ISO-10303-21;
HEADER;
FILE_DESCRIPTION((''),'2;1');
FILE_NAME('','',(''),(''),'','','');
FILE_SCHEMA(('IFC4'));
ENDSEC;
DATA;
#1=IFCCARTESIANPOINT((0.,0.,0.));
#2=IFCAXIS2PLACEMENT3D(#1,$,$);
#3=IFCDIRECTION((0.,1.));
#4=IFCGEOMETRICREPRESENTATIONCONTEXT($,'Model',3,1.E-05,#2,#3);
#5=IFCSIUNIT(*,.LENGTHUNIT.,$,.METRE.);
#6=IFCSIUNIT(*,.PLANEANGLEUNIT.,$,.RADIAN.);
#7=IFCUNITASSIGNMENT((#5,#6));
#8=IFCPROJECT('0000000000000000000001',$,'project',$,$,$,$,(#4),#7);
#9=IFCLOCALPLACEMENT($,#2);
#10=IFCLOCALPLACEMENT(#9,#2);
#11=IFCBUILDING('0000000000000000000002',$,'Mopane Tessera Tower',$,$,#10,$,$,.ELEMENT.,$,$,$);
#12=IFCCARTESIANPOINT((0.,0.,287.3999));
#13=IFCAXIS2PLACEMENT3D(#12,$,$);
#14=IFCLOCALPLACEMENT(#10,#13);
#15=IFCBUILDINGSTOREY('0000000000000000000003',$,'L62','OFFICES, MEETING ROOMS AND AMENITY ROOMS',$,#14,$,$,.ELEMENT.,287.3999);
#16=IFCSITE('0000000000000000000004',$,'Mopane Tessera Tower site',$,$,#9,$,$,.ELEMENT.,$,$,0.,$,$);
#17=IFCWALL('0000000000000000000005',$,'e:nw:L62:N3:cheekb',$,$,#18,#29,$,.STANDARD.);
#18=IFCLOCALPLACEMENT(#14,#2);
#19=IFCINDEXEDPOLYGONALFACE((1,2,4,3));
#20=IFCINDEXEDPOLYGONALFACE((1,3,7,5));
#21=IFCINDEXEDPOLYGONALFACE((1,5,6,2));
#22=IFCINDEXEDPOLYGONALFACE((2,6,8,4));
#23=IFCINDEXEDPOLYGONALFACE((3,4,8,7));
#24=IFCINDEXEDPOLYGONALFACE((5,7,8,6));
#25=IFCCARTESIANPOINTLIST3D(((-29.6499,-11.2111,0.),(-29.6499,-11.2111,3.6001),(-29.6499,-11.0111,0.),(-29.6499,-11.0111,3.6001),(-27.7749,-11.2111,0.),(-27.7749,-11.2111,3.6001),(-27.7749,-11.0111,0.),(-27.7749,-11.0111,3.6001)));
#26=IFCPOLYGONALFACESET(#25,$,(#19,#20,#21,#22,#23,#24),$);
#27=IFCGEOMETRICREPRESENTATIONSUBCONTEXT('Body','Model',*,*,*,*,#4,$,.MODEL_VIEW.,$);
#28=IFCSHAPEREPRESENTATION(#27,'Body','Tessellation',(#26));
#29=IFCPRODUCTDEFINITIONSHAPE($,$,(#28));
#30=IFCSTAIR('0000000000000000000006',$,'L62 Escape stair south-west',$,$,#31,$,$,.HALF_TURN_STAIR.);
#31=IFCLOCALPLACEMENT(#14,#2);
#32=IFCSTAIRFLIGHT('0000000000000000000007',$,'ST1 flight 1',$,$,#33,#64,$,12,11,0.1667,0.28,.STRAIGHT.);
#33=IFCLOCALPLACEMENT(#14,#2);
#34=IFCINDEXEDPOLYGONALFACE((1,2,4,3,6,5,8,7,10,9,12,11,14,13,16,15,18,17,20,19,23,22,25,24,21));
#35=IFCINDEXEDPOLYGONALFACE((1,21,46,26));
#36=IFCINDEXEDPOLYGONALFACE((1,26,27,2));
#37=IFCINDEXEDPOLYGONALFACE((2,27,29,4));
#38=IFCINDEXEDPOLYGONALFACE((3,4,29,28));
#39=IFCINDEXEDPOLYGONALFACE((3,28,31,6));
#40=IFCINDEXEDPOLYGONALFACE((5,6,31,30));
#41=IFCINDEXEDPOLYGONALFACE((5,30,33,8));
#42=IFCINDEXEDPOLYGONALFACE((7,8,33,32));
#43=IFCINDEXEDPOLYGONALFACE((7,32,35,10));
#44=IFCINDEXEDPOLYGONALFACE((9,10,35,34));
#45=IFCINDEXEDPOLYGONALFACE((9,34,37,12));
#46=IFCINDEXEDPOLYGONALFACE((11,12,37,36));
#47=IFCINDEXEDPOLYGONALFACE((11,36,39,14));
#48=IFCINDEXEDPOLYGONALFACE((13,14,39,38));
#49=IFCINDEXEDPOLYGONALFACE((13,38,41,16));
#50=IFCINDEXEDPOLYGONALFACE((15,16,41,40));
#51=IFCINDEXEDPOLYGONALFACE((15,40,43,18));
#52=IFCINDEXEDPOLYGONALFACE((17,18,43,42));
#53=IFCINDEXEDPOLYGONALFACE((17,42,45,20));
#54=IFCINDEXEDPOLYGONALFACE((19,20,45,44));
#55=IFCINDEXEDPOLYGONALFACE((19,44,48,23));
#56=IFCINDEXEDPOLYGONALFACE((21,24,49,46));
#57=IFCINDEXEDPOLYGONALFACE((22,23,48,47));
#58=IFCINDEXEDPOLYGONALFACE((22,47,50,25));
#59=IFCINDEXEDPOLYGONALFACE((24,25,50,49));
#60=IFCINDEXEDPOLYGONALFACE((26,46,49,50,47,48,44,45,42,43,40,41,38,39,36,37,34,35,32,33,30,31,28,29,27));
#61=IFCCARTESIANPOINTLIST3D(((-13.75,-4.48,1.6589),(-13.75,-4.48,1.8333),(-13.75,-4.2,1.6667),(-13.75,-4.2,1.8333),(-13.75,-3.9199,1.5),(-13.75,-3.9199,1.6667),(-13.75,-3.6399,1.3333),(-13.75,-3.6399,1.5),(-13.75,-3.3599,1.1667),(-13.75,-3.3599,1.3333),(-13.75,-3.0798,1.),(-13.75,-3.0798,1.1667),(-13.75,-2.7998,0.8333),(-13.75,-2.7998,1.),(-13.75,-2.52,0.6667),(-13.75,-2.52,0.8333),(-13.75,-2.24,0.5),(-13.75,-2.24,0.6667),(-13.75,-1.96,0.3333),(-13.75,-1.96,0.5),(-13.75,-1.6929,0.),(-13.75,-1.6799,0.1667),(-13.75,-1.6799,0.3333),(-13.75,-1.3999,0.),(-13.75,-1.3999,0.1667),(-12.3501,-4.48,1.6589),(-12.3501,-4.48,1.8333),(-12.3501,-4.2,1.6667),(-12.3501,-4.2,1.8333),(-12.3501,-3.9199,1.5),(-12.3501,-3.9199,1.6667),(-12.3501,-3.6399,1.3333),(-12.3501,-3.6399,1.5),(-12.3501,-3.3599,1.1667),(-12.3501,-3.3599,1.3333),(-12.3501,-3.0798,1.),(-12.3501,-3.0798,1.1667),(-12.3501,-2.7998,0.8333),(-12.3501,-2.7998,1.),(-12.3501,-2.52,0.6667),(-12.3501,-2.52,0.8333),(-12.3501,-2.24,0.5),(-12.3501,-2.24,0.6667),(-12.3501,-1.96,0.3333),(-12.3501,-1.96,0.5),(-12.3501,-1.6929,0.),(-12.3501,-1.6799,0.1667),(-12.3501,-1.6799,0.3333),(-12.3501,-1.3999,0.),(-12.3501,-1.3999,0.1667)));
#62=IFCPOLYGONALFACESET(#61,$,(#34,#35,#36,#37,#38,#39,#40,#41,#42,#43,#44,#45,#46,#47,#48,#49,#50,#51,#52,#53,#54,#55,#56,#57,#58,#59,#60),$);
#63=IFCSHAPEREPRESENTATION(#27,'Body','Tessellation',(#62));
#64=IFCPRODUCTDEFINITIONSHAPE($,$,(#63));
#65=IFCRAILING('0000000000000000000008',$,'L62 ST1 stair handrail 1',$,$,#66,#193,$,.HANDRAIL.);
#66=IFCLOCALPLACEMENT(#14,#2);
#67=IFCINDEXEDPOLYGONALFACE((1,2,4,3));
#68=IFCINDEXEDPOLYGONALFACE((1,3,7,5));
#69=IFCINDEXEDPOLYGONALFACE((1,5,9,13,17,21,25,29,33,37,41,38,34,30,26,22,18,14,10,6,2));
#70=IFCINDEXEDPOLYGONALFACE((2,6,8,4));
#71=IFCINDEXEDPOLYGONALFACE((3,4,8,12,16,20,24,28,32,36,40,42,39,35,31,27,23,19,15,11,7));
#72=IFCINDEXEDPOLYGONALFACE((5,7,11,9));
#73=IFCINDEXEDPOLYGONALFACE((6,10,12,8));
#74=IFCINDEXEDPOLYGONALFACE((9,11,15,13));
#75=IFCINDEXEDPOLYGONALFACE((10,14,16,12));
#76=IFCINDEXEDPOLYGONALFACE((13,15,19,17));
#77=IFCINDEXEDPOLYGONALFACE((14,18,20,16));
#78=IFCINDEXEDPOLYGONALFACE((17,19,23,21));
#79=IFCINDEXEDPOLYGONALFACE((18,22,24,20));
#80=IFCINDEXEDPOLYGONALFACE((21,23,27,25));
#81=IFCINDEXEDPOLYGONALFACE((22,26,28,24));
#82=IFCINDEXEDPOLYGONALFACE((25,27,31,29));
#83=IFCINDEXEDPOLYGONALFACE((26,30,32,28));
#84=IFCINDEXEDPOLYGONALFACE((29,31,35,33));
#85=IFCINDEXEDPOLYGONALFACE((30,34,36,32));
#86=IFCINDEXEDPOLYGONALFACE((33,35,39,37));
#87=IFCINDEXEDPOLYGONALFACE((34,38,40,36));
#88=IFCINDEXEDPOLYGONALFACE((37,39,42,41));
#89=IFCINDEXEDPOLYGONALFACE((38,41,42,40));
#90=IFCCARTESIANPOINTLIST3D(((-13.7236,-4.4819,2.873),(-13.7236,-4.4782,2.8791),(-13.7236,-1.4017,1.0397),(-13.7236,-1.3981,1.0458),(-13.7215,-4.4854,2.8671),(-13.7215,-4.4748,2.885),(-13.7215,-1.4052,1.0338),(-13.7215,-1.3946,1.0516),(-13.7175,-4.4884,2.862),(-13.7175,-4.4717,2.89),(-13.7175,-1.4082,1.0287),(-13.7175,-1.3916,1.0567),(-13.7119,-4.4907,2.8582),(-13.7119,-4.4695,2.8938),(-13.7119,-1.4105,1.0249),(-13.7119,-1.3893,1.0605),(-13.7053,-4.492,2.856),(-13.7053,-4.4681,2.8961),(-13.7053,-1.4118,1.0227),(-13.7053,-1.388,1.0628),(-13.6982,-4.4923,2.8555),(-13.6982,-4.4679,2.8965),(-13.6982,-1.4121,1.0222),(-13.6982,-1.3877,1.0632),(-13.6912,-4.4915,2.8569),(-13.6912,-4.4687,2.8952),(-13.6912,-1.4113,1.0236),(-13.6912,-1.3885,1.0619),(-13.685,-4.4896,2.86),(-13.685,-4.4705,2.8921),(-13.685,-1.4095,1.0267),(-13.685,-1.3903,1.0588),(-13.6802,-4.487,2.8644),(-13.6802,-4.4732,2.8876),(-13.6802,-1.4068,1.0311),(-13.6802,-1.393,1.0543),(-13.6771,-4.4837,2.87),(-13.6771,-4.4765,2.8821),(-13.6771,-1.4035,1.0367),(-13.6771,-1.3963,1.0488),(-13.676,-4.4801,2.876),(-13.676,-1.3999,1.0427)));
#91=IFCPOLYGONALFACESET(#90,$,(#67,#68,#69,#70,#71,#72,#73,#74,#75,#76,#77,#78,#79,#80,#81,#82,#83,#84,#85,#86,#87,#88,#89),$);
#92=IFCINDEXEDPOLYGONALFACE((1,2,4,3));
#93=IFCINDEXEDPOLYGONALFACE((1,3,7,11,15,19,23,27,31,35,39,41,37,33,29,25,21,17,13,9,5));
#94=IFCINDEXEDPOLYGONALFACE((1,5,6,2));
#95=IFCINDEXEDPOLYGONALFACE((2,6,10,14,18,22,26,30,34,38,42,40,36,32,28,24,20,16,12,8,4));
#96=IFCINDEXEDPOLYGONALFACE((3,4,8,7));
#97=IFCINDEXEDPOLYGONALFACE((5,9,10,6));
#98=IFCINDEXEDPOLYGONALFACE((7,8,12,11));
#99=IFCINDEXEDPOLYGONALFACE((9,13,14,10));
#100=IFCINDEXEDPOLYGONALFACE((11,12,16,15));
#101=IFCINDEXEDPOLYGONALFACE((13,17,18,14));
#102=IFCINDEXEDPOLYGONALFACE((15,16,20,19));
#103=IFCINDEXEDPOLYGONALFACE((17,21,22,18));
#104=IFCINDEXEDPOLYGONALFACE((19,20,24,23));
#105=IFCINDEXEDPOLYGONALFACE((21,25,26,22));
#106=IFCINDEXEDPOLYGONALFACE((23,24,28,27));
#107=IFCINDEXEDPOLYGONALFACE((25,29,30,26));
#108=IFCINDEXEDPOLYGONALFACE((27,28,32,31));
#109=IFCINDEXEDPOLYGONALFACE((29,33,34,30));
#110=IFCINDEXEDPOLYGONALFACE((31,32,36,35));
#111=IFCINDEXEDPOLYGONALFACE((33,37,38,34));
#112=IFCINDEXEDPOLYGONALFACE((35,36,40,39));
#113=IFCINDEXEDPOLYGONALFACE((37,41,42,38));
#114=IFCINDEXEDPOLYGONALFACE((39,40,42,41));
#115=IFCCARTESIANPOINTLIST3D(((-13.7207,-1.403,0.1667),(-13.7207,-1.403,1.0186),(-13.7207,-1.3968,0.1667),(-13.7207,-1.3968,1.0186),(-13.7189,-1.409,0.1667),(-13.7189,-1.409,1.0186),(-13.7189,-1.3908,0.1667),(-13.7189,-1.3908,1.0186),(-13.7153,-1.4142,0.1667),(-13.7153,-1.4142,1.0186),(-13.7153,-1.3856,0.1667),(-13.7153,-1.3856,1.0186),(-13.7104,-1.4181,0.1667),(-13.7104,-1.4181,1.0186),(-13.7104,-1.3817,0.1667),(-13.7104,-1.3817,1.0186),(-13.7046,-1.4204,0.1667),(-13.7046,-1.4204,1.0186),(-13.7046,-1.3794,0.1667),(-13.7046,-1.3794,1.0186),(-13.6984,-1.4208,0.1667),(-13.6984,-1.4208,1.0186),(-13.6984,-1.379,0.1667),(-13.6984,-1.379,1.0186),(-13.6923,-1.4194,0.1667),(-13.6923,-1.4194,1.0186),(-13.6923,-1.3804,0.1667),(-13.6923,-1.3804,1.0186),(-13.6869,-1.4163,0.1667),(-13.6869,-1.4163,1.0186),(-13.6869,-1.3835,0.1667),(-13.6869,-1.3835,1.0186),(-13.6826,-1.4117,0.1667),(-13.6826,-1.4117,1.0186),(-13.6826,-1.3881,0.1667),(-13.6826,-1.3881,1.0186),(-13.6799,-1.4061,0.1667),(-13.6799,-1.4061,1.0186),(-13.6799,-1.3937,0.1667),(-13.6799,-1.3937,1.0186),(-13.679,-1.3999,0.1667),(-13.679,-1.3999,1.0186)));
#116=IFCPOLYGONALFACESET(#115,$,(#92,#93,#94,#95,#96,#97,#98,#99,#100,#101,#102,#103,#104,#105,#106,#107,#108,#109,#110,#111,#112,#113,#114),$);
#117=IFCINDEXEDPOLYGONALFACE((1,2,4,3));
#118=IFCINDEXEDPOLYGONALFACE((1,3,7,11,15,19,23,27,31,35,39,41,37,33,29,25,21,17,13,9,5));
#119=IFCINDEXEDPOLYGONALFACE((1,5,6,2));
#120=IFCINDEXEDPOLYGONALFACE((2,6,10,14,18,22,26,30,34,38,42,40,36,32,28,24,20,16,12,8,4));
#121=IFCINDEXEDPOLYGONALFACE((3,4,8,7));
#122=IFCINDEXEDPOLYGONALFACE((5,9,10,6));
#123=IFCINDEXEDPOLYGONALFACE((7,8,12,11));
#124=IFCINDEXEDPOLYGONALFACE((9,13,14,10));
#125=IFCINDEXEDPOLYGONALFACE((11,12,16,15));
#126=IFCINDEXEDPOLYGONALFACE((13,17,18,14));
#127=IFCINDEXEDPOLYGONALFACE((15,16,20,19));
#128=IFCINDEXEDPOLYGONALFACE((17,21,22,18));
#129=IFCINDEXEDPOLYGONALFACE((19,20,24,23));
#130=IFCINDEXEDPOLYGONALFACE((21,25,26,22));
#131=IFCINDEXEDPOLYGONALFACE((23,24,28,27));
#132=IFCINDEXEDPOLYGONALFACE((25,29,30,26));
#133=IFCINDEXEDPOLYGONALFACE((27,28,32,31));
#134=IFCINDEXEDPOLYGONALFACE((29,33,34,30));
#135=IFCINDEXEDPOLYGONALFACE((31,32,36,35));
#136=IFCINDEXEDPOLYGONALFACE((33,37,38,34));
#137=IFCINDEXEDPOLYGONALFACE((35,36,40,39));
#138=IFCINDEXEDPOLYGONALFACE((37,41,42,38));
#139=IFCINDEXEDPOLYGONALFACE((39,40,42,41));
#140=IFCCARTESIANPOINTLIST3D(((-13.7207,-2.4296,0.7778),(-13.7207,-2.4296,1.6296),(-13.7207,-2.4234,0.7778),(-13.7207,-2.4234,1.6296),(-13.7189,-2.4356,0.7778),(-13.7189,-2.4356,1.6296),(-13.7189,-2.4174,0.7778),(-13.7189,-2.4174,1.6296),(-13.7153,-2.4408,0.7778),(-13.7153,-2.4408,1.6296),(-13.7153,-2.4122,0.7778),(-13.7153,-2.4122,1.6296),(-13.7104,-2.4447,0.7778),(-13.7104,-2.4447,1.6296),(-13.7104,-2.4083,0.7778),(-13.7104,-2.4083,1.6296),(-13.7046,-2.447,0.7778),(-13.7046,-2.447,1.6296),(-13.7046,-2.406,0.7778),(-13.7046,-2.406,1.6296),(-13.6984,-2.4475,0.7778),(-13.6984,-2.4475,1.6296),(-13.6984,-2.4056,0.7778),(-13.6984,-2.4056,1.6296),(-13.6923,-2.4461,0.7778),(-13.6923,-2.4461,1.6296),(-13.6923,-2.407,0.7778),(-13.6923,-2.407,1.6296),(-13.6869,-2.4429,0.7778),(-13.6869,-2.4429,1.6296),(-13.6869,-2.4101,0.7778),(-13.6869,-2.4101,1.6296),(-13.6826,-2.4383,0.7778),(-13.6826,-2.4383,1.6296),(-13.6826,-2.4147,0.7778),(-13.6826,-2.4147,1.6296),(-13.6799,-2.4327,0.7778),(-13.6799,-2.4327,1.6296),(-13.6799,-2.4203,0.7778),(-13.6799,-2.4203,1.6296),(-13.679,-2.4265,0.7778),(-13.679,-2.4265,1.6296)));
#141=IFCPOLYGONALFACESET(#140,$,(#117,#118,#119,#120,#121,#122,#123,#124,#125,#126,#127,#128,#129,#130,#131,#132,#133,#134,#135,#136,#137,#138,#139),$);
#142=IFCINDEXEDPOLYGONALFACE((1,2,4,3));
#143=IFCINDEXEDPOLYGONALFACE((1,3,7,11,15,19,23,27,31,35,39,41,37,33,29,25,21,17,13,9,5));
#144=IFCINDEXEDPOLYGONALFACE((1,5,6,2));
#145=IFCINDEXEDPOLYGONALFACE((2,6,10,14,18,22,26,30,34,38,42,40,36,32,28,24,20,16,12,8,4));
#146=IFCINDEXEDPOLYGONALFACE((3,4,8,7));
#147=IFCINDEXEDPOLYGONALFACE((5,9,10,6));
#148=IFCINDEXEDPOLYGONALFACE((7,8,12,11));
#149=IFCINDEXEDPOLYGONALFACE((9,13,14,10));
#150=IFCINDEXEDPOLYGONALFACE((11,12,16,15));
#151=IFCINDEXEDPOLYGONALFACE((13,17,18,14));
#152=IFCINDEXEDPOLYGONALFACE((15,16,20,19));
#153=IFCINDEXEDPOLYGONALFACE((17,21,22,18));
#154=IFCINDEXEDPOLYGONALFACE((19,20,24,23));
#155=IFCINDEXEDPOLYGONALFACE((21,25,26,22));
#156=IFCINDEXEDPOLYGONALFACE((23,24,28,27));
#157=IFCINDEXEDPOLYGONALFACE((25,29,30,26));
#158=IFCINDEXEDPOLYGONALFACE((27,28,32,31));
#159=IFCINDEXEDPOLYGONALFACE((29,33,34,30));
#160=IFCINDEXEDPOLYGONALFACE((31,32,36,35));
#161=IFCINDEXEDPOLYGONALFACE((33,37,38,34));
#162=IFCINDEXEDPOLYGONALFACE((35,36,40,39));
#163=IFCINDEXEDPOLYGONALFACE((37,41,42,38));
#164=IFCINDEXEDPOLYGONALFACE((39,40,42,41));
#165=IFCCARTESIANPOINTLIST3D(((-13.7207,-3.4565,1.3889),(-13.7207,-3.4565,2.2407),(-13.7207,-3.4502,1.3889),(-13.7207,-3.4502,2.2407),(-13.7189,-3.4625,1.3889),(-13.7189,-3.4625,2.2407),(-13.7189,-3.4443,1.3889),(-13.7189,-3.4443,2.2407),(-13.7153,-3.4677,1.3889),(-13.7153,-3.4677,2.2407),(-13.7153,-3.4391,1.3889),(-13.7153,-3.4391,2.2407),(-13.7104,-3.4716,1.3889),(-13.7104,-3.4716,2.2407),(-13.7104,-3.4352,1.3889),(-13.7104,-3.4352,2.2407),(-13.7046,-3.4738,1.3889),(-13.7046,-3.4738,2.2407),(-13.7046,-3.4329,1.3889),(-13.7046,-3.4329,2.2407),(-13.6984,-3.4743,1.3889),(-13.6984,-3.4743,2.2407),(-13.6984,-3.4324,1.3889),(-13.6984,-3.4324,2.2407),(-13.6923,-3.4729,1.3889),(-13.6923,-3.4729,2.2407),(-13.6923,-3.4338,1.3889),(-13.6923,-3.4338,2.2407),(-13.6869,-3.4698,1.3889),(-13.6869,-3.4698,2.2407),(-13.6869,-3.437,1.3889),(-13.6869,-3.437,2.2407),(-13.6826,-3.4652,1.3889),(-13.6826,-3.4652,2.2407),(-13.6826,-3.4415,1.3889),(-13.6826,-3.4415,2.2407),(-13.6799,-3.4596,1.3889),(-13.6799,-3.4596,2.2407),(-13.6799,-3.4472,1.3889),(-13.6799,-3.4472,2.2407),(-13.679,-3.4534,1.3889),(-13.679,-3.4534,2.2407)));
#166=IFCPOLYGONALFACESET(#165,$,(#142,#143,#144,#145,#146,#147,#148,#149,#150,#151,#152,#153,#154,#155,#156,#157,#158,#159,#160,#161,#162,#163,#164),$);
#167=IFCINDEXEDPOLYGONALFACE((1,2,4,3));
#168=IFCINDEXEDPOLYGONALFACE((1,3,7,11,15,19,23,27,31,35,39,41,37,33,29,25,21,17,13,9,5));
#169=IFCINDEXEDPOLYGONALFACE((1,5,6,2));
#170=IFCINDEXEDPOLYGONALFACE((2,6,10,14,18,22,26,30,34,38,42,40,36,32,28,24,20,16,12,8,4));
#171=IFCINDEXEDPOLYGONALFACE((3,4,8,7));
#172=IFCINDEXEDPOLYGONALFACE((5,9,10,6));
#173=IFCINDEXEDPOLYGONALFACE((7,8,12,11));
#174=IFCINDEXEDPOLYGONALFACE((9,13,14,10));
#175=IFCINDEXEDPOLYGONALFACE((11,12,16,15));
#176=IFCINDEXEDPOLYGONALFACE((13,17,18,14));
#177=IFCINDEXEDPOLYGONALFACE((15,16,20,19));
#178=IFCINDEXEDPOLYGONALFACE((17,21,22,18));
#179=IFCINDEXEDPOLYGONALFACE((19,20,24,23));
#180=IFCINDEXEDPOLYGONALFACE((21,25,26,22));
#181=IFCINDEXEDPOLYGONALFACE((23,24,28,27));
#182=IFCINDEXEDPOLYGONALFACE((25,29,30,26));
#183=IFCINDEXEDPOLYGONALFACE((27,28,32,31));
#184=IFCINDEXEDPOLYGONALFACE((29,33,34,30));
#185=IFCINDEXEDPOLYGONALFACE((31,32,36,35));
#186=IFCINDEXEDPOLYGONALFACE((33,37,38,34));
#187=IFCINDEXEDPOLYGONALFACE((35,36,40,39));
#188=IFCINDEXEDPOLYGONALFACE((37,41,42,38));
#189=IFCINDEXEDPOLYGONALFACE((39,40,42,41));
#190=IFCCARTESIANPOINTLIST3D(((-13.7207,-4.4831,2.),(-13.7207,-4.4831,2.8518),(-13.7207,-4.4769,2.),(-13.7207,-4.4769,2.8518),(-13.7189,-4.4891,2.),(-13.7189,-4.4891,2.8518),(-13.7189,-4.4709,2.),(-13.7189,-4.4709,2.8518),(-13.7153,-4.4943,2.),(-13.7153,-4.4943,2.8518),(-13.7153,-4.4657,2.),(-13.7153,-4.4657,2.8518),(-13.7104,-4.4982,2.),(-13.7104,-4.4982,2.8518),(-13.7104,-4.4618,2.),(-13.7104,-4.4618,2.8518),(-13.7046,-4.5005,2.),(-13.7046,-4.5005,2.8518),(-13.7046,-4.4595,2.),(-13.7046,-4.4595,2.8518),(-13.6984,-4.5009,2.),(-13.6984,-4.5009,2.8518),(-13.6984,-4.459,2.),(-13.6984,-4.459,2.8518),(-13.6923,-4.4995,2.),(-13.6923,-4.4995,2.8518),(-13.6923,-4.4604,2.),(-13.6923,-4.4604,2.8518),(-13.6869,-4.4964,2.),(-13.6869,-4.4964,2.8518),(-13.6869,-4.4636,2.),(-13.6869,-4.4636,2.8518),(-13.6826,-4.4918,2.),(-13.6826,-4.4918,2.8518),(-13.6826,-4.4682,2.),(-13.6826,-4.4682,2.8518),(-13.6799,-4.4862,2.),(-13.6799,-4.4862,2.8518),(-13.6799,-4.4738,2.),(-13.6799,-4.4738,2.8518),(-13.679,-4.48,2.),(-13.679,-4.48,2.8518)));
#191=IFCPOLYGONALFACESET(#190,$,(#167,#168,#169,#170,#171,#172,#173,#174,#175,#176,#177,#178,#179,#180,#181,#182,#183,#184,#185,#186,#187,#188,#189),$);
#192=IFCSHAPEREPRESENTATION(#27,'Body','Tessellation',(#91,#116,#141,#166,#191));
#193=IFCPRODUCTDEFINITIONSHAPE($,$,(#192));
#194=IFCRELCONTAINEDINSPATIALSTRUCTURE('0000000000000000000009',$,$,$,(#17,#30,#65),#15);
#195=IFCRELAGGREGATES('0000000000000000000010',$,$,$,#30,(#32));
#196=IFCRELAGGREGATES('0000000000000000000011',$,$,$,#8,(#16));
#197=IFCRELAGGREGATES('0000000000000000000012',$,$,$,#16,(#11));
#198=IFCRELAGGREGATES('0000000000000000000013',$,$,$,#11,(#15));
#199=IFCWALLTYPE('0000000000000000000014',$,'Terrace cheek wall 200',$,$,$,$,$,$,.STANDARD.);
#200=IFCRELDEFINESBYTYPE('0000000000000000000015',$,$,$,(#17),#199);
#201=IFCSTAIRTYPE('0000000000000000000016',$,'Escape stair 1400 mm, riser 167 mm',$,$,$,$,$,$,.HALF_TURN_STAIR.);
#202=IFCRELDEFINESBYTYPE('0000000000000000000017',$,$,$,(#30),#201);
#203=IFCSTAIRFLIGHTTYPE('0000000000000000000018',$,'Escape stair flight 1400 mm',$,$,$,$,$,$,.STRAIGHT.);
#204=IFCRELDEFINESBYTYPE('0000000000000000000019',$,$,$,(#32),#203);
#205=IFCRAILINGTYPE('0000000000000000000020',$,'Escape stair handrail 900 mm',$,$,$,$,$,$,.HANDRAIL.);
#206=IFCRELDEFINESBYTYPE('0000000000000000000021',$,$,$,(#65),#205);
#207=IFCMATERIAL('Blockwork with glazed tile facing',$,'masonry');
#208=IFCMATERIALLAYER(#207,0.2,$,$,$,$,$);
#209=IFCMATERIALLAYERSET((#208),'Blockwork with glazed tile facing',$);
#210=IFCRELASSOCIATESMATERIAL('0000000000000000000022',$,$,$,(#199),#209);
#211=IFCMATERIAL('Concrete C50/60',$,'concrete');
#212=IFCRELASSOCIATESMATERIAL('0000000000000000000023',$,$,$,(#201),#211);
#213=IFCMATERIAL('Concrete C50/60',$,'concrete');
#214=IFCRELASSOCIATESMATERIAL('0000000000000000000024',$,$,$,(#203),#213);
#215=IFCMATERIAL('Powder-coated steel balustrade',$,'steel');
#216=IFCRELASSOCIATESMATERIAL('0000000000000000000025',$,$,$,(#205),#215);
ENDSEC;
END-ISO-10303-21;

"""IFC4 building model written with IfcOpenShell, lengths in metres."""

from ifc_helpers import new_model, si_unit, direction, frame, frame_2d, origin, origin_2d, place, context, subcontext, project, spatial, polyline, rectangle, circle, outline, extrude, material, layer, layer_set, type_object, element, aggregate, save


model = new_model("IFC4")

# Units and contexts
model_context = context("Model", 3, precision=1e-05, world=origin(), true_north=direction((0.0, 1.0)))
body_context = subcontext(model_context, "Body", "Model", "MODEL_VIEW")
ifc_project = project(units=[si_unit("LENGTHUNIT", "METRE"), si_unit("PLANEANGLEUNIT", "RADIAN")], contexts=[model_context])

# Site, building, storey
site_placement = place(None, origin())
site = spatial("IfcSite", under=ifc_project, at=site_placement, Name="Mopane Tessera Tower site", CompositionType="ELEMENT", RefElevation=0.0)
building_placement = place(site_placement, origin())
building = spatial("IfcBuilding", under=site, at=building_placement, Name="Mopane Tessera Tower", CompositionType="ELEMENT")
storey_placement = place(building_placement, frame((0.0, 0.0, 287.3999)))
storey = spatial("IfcBuildingStorey", under=building, at=storey_placement, Name="L62", Description="OFFICES, MEETING ROOMS AND AMENITY ROOMS", CompositionType="ELEMENT", Elevation=287.3999)

# Wall
ifc_material_1 = material(Name="Blockwork with glazed tile facing", Category="masonry")
ifc_layer_1 = layer(ifc_material_1, 0.2)
ifc_layer_set_1 = layer_set([ifc_layer_1], Name="Blockwork with glazed tile facing")
wall_type_1 = type_object("IfcWallType", Name="Terrace cheek wall 200", PredefinedType="STANDARD", material=ifc_layer_set_1)
wall_1_placement = place(storey_placement, frame((-29.6499, -11.1111, 0.0), z_axis=(0.0, 0.0, 1.0), x_axis=(1.0, 0.0, 0.0)))
element("IfcWall", 1, at=wall_1_placement, inside=storey, type_object=wall_type_1, Name="e:nw:L62:N3:cheekb", PredefinedType="STANDARD", context=body_context, shape_type="SweptSolid", body=[
    extrude(rectangle(XDim=1.875, YDim=0.2, at=frame_2d((0.9375, 0.0))), origin(), (0.0, 0.0, 1.0), 3.6001),
])

# Stair, stair flight
ifc_material_2 = material(Name="Concrete C50/60", Category="concrete")
stair_type = type_object("IfcStairType", Name="Escape stair 1400 mm, riser 167 mm", PredefinedType="HALF_TURN_STAIR", material=ifc_material_2)
stair_placement = place(storey_placement, origin())
stair = element("IfcStair", 2, at=stair_placement, inside=storey, type_object=stair_type, Name="L62 Escape stair south-west", PredefinedType="HALF_TURN_STAIR")
ifc_material_3 = material(Name="Concrete C50/60", Category="concrete")
stair_flight_type = type_object("IfcStairFlightType", Name="Escape stair flight 1400 mm", PredefinedType="STRAIGHT", material=ifc_material_3)
stair_flight_placement = place(storey_placement, frame((-13.05, -1.3999, 0.0), z_axis=(0.0, 0.0, 1.0), x_axis=(0.0, -1.0, 0.0)))
stair_flight = element("IfcStairFlight", 3, at=stair_flight_placement, type_object=stair_flight_type, Name="ST1 flight 1", NumberOfRisers=12, NumberOfTreads=11, PredefinedType="STRAIGHT", RiserHeight=0.1667, TreadLength=0.28, context=body_context, shape_type="SweptSolid", body=[
    extrude(outline(polyline([(0.0, 0.0), (0.0, 0.1667), (0.28, 0.1667), (0.28, 0.3333), (0.5601, 0.3333), (0.5601, 0.5), (0.8401, 0.5), (0.8401, 0.6667), (1.1201, 0.6667), (1.1201, 0.8333), (1.3999, 0.8333), (1.3999, 1.0), (1.6799, 1.0), (1.6799, 1.1667), (1.96, 1.1667), (1.96, 1.3333), (2.24, 1.3333), (2.24, 1.5), (2.52, 1.5), (2.52, 1.6667), (2.8, 1.6667), (2.8, 1.8333), (3.0801, 1.8333), (3.0801, 2.0), (3.0801, 1.6589), (0.293, 0.0), (0.0, 0.0)])), frame((0.0, 0.7, 0.0), z_axis=(0.0, -1.0, 0.0), x_axis=(1.0, 0.0, 0.0)), (0.0, 0.0, 1.0), 1.3999),
])
aggregate(stair, [stair_flight])

# Railing
ifc_material_4 = material(Name="Powder-coated steel balustrade", Category="steel")
railing_type = type_object("IfcRailingType", Name="Escape stair handrail 900 mm", PredefinedType="HANDRAIL", material=ifc_material_4)
railing_placement = place(storey_placement, frame((-13.7, -1.3999, 0.1667)))
element("IfcRailing", 4, at=railing_placement, inside=storey, type_object=railing_type, Name="L62 ST1 stair handrail 1", PredefinedType="HANDRAIL", context=body_context, shape_type="SweptSolid", body=[
    extrude(circle(Radius=0.0239, at=origin_2d()), frame((0.0, 0.0, 0.876), z_axis=(0.0, -0.859309, 0.511458), x_axis=(1.0, 0.0, 0.0)), (0.0, 0.0, 1.0), 3.5845),
    extrude(circle(Radius=0.021, at=origin_2d()), origin(), (0.0, 0.0, 1.0), 0.8518),
    extrude(circle(Radius=0.021, at=origin_2d()), frame((0.0, -1.0266, 0.6111)), (0.0, 0.0, 1.0), 0.8518),
    extrude(circle(Radius=0.021, at=origin_2d()), frame((0.0, -2.0535, 1.2222)), (0.0, 0.0, 1.0), 0.8518),
    extrude(circle(Radius=0.021, at=origin_2d()), frame((0.0, -3.0801, 1.8333)), (0.0, 0.0, 1.0), 0.8518),
])

save(model, "model.ifc")
